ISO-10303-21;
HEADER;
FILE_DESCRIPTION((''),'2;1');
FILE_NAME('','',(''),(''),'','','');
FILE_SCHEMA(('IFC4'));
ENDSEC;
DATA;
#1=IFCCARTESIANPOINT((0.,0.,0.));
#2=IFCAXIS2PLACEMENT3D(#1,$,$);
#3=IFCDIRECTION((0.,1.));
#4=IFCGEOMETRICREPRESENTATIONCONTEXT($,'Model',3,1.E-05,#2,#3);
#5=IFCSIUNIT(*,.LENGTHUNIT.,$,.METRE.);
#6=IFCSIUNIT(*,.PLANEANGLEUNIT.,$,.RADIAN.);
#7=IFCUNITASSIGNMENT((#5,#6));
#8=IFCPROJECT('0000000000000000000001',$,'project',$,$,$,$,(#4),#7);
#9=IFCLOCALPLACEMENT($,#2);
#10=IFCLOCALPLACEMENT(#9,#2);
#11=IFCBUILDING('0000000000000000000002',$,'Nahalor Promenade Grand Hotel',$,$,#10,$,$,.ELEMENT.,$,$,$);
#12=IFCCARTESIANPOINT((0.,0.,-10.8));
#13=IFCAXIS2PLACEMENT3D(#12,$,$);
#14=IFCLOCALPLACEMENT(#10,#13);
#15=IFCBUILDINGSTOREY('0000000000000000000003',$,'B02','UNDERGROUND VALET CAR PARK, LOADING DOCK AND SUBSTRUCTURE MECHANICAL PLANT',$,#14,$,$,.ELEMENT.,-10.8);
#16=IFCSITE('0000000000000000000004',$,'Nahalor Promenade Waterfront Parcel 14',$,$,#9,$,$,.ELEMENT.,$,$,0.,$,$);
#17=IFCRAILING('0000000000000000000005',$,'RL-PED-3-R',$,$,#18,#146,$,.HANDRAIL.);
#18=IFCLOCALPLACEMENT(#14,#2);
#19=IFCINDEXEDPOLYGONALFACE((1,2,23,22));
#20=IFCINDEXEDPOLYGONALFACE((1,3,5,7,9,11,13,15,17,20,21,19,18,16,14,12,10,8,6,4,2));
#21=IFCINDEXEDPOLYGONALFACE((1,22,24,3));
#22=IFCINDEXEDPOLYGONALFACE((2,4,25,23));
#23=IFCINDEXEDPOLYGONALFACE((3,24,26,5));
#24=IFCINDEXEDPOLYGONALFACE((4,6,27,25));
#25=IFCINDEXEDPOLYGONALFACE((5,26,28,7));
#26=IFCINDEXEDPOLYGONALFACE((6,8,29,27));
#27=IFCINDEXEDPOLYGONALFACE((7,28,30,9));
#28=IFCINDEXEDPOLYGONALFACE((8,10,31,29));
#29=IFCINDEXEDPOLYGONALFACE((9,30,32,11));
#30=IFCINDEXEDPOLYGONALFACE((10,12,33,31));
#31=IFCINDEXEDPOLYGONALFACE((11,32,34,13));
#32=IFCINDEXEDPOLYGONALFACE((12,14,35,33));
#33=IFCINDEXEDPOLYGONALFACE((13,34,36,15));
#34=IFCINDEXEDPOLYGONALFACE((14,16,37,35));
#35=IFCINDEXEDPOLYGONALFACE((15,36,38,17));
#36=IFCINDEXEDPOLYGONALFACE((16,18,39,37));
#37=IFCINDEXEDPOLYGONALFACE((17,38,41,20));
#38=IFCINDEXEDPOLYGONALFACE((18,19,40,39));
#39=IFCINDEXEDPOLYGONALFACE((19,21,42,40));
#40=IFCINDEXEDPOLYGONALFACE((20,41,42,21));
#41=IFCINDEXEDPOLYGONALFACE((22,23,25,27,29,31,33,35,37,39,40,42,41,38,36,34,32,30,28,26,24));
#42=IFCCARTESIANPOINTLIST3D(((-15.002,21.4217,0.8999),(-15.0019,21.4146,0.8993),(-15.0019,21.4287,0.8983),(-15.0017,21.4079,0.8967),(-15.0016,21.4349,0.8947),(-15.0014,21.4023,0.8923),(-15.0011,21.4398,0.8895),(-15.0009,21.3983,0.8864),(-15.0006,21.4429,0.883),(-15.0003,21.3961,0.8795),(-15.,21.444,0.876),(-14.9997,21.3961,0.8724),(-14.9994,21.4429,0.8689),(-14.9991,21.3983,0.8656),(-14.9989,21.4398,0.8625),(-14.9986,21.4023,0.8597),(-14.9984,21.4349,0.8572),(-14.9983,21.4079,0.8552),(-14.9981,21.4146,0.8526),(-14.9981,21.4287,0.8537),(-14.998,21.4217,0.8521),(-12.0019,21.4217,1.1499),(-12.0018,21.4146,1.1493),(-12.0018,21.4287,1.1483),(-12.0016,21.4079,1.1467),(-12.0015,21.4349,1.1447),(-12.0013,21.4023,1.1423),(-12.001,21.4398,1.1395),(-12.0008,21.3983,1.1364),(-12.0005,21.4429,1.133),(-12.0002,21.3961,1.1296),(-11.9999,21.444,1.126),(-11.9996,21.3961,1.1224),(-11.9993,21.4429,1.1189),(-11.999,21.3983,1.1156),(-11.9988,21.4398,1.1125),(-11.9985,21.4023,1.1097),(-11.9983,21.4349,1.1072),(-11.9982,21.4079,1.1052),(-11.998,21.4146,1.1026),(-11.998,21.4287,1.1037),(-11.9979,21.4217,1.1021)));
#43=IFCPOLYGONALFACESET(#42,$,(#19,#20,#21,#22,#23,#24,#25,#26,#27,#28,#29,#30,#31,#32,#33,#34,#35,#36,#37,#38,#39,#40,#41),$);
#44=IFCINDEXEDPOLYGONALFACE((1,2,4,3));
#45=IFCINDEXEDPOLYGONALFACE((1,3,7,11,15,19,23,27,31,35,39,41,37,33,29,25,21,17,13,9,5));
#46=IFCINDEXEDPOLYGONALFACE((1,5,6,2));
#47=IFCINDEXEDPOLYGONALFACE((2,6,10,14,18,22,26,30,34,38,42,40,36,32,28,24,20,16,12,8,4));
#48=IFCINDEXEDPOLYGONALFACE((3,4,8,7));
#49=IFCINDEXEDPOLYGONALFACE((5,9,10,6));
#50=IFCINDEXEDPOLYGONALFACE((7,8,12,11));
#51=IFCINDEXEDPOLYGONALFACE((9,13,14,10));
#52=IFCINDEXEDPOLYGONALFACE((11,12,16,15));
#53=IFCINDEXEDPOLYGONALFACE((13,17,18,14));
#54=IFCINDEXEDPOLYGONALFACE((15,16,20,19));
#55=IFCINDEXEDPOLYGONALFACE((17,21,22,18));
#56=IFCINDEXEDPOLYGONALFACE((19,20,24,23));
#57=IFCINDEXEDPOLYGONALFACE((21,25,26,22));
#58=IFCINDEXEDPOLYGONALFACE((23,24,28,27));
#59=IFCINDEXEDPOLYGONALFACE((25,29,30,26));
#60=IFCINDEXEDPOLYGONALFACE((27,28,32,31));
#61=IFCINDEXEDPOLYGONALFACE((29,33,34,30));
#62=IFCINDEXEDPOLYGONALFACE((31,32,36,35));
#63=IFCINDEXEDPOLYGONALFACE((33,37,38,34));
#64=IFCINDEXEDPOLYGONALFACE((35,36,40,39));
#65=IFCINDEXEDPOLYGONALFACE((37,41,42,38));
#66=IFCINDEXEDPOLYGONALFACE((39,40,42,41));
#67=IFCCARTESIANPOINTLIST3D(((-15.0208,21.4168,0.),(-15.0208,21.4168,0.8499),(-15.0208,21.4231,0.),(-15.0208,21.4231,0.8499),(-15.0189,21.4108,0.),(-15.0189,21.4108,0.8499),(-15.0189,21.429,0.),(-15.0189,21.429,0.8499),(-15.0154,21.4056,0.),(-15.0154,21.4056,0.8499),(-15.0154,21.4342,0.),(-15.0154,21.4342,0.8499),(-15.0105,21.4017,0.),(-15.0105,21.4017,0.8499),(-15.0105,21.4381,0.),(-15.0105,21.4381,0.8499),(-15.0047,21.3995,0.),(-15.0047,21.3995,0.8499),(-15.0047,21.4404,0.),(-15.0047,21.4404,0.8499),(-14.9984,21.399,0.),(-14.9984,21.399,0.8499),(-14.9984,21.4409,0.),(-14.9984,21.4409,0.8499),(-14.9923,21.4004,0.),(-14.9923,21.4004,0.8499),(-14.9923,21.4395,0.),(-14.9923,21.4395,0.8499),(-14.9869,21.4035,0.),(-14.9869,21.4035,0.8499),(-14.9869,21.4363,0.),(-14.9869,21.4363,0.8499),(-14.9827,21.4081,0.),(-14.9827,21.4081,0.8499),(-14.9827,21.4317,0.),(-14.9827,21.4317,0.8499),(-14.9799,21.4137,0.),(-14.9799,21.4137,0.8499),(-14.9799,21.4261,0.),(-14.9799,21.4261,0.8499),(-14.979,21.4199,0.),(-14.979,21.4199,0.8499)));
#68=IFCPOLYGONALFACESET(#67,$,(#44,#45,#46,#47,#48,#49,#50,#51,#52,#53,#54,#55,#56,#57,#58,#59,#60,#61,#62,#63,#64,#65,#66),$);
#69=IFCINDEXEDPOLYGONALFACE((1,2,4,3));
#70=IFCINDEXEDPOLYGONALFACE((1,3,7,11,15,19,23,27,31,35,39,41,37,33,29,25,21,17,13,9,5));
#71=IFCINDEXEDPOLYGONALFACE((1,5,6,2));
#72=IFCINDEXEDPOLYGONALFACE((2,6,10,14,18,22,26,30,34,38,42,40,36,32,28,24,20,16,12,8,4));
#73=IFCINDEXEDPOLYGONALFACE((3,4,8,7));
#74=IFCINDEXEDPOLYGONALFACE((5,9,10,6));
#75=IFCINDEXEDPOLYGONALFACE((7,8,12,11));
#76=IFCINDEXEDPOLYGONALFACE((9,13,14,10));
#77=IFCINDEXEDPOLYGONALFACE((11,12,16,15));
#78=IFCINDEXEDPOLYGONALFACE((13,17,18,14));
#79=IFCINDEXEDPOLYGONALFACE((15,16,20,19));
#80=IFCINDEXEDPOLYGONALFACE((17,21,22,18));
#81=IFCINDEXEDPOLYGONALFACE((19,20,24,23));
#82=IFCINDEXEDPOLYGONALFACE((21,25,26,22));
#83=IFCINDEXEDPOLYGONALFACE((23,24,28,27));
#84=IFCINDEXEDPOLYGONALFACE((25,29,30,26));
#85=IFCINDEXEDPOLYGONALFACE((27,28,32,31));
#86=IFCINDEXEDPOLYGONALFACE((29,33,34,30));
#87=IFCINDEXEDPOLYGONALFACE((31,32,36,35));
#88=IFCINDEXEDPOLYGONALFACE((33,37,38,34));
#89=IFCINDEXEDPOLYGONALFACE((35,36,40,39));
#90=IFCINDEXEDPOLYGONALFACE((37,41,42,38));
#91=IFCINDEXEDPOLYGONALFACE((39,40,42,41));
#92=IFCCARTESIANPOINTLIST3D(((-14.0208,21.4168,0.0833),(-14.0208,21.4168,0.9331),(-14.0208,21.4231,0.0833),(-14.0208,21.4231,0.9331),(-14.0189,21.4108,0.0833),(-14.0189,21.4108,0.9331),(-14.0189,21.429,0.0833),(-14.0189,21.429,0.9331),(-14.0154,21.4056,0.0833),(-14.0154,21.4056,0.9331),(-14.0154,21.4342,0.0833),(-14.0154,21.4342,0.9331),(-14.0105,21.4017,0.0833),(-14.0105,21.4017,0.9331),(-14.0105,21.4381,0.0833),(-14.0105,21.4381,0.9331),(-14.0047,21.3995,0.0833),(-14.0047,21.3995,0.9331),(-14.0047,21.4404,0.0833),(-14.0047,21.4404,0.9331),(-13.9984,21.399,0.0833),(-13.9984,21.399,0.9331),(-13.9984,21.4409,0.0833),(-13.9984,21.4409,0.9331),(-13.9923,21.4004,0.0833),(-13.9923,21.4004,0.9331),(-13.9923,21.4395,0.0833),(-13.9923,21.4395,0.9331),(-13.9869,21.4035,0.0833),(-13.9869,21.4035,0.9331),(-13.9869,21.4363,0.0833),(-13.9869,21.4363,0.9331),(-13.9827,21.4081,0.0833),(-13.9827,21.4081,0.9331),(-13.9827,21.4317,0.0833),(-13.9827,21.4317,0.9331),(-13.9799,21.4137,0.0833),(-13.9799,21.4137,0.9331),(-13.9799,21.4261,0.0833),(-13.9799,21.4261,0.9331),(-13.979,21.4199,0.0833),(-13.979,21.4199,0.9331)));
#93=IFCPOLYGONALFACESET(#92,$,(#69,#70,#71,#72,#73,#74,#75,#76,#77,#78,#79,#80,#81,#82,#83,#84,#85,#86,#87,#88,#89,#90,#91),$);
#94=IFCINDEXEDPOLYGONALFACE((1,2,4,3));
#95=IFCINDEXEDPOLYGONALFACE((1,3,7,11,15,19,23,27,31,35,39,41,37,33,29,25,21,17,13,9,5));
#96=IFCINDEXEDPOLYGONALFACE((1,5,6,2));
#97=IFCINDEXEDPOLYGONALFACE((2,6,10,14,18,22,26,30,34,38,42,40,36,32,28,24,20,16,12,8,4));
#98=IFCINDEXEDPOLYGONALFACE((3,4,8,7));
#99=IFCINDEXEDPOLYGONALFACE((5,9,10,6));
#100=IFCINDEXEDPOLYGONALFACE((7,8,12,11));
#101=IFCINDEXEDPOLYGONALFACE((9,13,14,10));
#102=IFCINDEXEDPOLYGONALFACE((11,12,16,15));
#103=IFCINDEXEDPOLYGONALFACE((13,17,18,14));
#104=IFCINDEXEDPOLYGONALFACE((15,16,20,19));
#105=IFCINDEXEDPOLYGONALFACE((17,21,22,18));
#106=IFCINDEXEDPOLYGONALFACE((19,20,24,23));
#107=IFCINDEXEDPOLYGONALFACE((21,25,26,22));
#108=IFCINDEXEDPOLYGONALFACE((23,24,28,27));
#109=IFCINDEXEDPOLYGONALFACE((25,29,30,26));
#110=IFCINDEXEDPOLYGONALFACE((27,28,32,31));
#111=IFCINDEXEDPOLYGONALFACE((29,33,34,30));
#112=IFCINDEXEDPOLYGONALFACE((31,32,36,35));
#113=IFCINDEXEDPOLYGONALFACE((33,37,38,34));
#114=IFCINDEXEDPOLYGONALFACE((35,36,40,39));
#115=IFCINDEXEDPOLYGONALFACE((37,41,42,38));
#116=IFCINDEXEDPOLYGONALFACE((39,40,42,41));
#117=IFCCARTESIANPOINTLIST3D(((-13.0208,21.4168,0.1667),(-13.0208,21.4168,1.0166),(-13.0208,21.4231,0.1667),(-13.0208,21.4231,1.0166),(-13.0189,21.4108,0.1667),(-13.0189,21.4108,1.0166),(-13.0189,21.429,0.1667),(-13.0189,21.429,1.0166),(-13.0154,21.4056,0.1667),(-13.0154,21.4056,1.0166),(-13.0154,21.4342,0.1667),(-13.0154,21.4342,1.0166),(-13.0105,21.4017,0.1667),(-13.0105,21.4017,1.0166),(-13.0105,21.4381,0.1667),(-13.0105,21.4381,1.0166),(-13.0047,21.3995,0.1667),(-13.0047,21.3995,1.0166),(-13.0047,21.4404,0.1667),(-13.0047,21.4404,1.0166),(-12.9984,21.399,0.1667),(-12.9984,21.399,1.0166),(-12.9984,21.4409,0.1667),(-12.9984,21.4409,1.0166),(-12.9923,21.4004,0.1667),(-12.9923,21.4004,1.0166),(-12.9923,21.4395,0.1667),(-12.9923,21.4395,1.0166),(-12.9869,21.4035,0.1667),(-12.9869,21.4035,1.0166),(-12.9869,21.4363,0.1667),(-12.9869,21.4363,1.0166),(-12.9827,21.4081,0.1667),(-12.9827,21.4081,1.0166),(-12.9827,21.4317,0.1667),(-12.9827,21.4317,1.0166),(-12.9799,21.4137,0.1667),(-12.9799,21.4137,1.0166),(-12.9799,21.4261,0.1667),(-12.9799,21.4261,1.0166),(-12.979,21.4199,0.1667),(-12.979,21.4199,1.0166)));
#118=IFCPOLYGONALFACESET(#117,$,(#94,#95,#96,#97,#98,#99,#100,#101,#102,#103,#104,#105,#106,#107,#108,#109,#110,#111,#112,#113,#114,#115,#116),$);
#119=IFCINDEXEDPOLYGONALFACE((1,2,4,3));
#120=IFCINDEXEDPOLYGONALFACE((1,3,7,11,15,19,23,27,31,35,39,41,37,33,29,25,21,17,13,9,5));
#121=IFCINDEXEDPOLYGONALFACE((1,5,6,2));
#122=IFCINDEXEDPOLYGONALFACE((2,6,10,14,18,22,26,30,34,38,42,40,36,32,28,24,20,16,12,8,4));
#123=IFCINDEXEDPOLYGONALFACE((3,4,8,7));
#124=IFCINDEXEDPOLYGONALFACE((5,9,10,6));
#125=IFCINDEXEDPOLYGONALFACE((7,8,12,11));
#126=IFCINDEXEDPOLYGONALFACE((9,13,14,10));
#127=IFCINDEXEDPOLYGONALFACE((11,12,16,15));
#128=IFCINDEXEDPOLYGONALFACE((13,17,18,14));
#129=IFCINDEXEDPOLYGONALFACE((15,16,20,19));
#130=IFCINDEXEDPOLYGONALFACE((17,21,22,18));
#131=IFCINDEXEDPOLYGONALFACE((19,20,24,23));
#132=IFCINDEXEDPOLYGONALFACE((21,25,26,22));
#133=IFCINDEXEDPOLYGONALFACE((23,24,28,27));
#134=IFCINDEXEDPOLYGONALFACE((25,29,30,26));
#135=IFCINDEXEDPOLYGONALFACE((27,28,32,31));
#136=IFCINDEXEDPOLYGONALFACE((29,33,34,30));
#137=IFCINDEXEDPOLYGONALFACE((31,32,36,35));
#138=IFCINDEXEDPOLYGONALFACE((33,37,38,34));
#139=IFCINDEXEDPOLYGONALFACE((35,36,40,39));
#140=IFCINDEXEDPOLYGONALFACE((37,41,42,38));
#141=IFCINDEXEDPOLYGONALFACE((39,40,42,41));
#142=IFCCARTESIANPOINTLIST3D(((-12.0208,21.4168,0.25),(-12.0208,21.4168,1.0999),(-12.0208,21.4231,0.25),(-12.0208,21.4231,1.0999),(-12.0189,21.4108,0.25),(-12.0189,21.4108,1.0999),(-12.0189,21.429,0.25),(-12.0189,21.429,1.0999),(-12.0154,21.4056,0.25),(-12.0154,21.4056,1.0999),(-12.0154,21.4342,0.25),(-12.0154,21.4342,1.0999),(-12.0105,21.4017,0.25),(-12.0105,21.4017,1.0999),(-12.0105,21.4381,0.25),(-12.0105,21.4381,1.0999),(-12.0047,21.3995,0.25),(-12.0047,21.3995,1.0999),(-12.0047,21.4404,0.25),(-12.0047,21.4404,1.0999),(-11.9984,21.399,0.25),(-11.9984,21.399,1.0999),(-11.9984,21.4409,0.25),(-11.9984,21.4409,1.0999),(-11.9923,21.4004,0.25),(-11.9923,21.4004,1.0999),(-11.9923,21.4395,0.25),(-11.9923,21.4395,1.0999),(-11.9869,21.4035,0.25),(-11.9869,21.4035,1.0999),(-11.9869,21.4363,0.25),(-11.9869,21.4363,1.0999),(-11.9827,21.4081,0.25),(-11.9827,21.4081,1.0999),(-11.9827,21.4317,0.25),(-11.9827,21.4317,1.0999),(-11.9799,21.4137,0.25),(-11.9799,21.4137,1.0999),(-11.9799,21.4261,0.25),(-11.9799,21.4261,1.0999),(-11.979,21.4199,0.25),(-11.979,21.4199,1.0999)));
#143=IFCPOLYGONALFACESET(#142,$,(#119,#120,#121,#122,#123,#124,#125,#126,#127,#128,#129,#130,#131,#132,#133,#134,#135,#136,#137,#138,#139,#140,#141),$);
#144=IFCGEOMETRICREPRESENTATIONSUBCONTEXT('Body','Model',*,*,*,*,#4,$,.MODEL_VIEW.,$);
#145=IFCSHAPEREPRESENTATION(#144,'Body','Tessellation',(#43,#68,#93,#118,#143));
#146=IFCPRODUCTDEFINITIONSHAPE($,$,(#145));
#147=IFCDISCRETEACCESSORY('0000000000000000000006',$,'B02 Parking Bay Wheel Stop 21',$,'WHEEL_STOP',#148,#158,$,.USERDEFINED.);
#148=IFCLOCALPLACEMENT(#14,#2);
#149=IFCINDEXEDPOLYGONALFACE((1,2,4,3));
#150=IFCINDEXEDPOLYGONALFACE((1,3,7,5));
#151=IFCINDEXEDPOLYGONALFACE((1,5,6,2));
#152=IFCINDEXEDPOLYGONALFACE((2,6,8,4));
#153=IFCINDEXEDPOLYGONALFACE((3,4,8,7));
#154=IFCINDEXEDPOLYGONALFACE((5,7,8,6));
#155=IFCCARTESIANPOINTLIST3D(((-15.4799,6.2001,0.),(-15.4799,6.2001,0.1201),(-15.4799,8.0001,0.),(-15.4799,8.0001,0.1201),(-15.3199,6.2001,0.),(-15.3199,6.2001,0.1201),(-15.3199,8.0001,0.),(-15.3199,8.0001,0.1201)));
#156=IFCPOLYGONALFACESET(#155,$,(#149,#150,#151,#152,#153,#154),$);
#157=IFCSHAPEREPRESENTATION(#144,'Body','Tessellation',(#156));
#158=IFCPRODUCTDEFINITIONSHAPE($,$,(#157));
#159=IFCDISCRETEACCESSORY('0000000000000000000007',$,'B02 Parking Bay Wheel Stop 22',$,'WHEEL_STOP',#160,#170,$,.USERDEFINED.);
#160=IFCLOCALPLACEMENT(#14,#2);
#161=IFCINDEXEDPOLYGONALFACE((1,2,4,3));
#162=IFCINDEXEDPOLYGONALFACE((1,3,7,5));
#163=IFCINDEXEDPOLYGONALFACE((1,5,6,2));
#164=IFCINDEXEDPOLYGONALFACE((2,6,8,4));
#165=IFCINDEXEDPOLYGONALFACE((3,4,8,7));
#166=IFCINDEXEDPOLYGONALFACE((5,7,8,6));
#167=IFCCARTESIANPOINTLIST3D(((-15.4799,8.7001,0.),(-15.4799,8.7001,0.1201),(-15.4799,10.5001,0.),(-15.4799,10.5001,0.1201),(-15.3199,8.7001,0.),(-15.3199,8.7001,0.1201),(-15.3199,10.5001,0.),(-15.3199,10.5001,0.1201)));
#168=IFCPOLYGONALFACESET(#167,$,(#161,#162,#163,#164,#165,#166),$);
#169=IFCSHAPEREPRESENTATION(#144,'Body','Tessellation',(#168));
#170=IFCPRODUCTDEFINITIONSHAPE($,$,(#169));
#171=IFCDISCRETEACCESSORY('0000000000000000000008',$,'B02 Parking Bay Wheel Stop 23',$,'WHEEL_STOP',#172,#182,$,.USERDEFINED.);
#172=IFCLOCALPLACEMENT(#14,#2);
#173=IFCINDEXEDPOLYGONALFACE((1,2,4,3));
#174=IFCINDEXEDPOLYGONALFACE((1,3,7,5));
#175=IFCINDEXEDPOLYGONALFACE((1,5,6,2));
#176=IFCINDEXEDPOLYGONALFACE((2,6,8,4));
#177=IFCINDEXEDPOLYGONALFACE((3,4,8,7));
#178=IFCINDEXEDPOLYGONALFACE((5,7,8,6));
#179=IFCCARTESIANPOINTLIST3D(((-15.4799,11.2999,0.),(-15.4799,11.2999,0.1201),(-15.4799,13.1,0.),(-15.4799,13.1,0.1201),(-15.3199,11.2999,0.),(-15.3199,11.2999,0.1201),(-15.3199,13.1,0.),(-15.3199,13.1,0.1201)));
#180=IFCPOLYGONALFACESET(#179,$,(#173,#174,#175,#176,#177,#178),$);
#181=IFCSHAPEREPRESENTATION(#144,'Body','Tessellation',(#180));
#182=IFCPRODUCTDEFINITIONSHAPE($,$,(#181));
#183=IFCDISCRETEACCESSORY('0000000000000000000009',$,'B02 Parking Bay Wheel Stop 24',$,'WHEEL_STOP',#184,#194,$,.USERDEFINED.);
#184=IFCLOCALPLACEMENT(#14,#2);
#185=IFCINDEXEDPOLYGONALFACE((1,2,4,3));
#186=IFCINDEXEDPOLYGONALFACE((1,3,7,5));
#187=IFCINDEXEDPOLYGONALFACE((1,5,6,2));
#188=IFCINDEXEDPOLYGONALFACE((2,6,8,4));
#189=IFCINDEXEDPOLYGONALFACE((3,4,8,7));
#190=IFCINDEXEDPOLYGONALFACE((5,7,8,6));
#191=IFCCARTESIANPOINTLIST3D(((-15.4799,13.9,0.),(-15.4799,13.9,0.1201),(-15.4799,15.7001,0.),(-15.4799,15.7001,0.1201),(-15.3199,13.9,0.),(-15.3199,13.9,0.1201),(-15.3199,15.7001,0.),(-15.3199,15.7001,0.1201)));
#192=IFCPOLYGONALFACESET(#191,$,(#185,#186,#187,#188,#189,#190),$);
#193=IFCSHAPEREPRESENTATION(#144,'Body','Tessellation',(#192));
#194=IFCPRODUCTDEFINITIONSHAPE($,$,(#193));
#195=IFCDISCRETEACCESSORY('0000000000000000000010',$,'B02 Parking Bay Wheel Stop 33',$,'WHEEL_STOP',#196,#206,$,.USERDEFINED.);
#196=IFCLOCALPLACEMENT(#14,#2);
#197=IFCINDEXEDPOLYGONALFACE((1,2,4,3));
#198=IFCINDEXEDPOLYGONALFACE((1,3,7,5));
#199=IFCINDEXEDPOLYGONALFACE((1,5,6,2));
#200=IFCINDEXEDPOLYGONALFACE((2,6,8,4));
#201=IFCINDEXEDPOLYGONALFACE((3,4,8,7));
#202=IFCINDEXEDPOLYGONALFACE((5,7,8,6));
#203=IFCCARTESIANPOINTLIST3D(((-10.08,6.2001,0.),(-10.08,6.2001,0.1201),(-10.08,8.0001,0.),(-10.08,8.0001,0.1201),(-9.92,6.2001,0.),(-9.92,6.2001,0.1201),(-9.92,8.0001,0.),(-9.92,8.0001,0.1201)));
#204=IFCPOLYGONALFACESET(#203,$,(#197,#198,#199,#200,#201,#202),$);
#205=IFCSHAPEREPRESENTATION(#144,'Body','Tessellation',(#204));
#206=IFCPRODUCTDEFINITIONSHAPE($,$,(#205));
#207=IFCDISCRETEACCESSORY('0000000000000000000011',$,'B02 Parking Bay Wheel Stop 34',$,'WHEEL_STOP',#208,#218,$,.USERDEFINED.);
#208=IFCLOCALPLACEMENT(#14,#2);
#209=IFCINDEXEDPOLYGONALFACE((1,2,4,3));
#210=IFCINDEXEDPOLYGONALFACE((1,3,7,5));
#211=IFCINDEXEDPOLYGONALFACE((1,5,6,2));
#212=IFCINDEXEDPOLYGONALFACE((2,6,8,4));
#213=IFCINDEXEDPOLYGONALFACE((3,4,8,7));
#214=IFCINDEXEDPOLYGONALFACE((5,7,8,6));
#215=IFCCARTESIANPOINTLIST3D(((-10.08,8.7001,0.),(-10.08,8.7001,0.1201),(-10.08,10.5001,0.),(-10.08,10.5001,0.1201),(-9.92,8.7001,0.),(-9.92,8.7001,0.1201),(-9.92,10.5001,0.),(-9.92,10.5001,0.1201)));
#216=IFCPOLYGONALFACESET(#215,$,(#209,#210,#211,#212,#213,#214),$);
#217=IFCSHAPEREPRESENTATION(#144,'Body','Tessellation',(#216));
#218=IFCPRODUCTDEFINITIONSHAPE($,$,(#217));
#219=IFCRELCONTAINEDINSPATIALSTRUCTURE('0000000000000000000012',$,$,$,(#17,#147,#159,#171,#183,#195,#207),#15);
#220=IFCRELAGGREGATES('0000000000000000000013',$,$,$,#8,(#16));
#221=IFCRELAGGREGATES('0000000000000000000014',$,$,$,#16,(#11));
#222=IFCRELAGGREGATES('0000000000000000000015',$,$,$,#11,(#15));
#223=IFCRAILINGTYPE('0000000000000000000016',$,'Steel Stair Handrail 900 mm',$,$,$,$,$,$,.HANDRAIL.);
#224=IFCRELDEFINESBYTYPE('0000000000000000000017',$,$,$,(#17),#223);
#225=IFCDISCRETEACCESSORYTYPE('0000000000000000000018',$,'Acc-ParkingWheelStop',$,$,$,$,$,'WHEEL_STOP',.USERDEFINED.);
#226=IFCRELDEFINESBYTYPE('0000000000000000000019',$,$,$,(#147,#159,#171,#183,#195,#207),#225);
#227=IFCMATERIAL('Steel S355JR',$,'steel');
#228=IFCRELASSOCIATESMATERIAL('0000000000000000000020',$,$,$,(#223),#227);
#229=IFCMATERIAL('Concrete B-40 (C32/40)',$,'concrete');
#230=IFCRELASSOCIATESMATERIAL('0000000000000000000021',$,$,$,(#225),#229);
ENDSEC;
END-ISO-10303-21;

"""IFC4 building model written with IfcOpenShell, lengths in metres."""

from ifc_helpers import new_model, si_unit, direction, frame, origin, origin_2d, place, context, subcontext, project, spatial, rectangle, circle, extrude, source, transform, mapped, material, type_object, element, save


model = new_model("IFC4")

# Units and contexts
model_context = context("Model", 3, precision=1e-05, world=origin(), true_north=direction((0.0, 1.0)))
body_context = subcontext(model_context, "Body", "Model", "MODEL_VIEW")
ifc_project = project(units=[si_unit("LENGTHUNIT", "METRE"), si_unit("PLANEANGLEUNIT", "RADIAN")], contexts=[model_context])

# Site, building, storey
site_placement = place(None, origin())
site = spatial("IfcSite", under=ifc_project, at=site_placement, Name="Nahalor Promenade Waterfront Parcel 14", CompositionType="ELEMENT", RefElevation=0.0)
building_placement = place(site_placement, origin())
building = spatial("IfcBuilding", under=site, at=building_placement, Name="Nahalor Promenade Grand Hotel", CompositionType="ELEMENT")
storey_placement = place(building_placement, frame((0.0, 0.0, -10.8)))
storey = spatial("IfcBuildingStorey", under=building, at=storey_placement, Name="B02", Description="UNDERGROUND VALET CAR PARK, LOADING DOCK AND SUBSTRUCTURE MECHANICAL PLANT", CompositionType="ELEMENT", Elevation=-10.8)

# Shared definitions
ifc_material_1 = material(Name="Steel S355JR", Category="steel")

# Shared definitions
ifc_material_2 = material(Name="Concrete B-40 (C32/40)", Category="concrete")

# Railing
railing_type = type_object("IfcRailingType", Name="Steel Stair Handrail 900 mm", PredefinedType="HANDRAIL", material=ifc_material_1)
for number, where, name in (
    (1, (-15.0, 21.4199, 0.0), "RL-PED-3-R"),
):
    element("IfcRailing", number, at=place(storey_placement, frame(where)), inside=storey, type_object=railing_type, Name=name, PredefinedType="HANDRAIL", context=body_context, shape_type="SweptSolid", body=[
        extrude(circle(Radius=0.024, at=origin_2d()), frame((0.0, 0.0, 0.876), z_axis=(0.996546, 0.0, 0.083045), x_axis=(0.0, 1.0, 0.0)), (0.0, 0.0, 1.0), 3.0105),
        extrude(circle(Radius=0.021, at=origin_2d()), origin(), (0.0, 0.0, 1.0), 0.8499),
        extrude(circle(Radius=0.021, at=origin_2d()), frame((1.0, 0.0, 0.0833)), (0.0, 0.0, 1.0), 0.8499),
        extrude(circle(Radius=0.021, at=origin_2d()), frame((2.0, 0.0, 0.1667)), (0.0, 0.0, 1.0), 0.8499),
        extrude(circle(Radius=0.021, at=origin_2d()), frame((3.0, 0.0, 0.25)), (0.0, 0.0, 1.0), 0.8499),
    ])

# Discrete accessories
discrete_accessory_type = type_object("IfcDiscreteAccessoryType", Name="Acc-ParkingWheelStop", ElementType="WHEEL_STOP", PredefinedType="USERDEFINED", material=ifc_material_2)
shared_shape_1 = source(origin(), body_context, "Body", "SweptSolid", [
    extrude(rectangle(XDim=1.8, YDim=0.1599, at=origin_2d()), origin(), (0.0, 0.0, 1.0), 0.1201),
])
for number, where, z_axis, x_axis, name in (
    (2, (-15.3999, 7.1001, 0.0), (0.0, 0.0, 1.0), (0.0, 1.0, 0.0), "B02 Parking Bay Wheel Stop 21"),
    (3, (-15.3999, 9.6001, 0.0), (0.0, 0.0, 1.0), (0.0, 1.0, 0.0), "B02 Parking Bay Wheel Stop 22"),
    (4, (-15.3999, 12.2, 0.0), (0.0, 0.0, 1.0), (0.0, 1.0, 0.0), "B02 Parking Bay Wheel Stop 23"),
    (5, (-15.3999, 14.8, 0.0), (0.0, 0.0, 1.0), (0.0, 1.0, 0.0), "B02 Parking Bay Wheel Stop 24"),
    (6, (-10.0, 7.1001, 0.0), (0.0, 0.0, 1.0), (0.0, 1.0, 0.0), "B02 Parking Bay Wheel Stop 33"),
    (7, (-10.0, 9.6001, 0.0), (0.0, 0.0, 1.0), (0.0, 1.0, 0.0), "B02 Parking Bay Wheel Stop 34"),
):
    element("IfcDiscreteAccessory", number, at=place(storey_placement, frame(where, z_axis=z_axis, x_axis=x_axis)), inside=storey, type_object=discrete_accessory_type, Name=name, ObjectType="WHEEL_STOP", PredefinedType="USERDEFINED", context=body_context, shape_type="MappedRepresentation", body=[
        mapped(shared_shape_1, transform((0.0, 0.0, 0.0), scale=1.0)),
    ])

save(model, "model.ifc")
